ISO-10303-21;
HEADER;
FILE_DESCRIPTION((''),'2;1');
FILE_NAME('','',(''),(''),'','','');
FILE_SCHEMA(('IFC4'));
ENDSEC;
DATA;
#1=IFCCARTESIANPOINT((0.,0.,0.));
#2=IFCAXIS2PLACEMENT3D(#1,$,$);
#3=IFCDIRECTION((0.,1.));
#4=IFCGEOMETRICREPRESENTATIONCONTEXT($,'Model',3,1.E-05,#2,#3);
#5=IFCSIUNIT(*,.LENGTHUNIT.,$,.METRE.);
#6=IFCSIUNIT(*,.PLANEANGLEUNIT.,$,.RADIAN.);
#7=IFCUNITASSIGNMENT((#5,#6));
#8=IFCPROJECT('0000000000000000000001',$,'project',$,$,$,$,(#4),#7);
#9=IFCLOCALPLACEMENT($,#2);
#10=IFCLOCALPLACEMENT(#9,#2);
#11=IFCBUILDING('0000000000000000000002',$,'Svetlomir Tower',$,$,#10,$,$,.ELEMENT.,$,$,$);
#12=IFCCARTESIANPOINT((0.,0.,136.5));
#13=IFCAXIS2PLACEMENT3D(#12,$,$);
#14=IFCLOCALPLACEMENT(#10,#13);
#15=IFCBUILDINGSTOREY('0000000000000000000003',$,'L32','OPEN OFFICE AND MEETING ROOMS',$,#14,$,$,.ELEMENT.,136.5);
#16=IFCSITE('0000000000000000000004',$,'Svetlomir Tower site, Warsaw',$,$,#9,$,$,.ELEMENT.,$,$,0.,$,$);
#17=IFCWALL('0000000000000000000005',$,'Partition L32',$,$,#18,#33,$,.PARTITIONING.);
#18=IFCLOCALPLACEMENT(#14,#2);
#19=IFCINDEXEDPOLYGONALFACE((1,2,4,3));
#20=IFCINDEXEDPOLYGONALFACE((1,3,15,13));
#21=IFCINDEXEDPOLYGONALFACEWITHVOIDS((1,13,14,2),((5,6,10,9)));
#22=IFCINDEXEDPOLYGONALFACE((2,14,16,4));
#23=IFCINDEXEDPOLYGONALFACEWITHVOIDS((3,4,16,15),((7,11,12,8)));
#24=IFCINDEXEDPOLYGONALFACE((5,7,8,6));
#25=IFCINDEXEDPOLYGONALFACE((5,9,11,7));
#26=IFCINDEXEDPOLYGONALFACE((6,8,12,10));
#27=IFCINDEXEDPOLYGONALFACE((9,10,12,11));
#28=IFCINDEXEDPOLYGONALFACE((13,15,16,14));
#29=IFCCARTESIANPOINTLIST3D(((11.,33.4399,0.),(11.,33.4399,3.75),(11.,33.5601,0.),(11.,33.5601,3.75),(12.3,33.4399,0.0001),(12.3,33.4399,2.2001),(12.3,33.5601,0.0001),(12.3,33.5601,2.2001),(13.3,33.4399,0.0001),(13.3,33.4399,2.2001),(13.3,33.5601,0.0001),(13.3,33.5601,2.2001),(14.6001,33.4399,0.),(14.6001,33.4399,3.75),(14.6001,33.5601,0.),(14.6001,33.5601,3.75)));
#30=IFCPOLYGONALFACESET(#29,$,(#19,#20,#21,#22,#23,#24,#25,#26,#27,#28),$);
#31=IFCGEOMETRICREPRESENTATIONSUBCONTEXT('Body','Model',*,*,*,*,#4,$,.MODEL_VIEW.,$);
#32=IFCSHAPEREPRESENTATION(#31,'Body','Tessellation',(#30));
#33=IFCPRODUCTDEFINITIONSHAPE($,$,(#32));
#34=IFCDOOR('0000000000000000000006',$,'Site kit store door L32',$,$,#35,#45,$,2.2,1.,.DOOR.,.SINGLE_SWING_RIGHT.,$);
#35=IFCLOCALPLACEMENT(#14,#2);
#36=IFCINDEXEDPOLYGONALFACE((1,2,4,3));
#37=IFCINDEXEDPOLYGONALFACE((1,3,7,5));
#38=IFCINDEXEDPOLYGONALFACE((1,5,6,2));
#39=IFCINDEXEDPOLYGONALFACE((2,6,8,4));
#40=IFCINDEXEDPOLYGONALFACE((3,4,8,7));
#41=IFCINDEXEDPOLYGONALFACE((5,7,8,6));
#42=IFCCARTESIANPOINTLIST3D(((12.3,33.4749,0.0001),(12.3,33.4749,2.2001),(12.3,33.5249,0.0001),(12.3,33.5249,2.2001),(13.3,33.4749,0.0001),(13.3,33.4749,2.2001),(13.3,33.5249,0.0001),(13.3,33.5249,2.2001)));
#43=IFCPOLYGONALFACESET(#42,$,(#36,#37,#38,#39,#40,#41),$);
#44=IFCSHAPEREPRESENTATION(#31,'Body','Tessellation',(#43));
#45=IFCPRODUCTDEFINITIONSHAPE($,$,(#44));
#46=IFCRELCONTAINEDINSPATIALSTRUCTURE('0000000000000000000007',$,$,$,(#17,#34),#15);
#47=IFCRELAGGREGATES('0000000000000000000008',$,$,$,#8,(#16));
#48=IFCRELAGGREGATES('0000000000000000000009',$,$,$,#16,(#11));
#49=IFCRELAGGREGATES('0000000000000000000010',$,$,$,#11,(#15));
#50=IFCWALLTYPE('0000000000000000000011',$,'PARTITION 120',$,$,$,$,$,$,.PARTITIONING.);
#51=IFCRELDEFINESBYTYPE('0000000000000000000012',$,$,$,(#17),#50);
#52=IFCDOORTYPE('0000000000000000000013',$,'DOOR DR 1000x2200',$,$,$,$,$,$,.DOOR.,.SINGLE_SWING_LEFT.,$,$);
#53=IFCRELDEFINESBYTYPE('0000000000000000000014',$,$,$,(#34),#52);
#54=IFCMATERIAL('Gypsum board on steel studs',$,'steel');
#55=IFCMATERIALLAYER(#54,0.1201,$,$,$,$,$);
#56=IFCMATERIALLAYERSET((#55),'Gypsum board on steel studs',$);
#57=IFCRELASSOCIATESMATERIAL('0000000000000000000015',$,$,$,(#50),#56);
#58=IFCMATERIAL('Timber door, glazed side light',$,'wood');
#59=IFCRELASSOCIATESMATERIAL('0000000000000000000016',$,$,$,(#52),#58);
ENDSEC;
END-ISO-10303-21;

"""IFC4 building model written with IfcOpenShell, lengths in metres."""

from ifc_helpers import new_model, si_unit, direction, frame, frame_2d, origin, place, context, subcontext, project, spatial, rectangle, extrude, material, layer, layer_set, type_object, element, fill, save


model = new_model("IFC4")

# Units and contexts
model_context = context("Model", 3, precision=1e-05, world=origin(), true_north=direction((0.0, 1.0)))
body_context = subcontext(model_context, "Body", "Model", "MODEL_VIEW")
ifc_project = project(units=[si_unit("LENGTHUNIT", "METRE"), si_unit("PLANEANGLEUNIT", "RADIAN")], contexts=[model_context])

# Site, building, storey
site_placement = place(None, origin())
site = spatial("IfcSite", under=ifc_project, at=site_placement, Name="Svetlomir Tower site, Warsaw", CompositionType="ELEMENT", RefElevation=0.0)
building_placement = place(site_placement, origin())
building = spatial("IfcBuilding", under=site, at=building_placement, Name="Svetlomir Tower", CompositionType="ELEMENT")
storey_placement = place(building_placement, frame((0.0, 0.0, 136.5)))
storey = spatial("IfcBuildingStorey", under=building, at=storey_placement, Name="L32", Description="OPEN OFFICE AND MEETING ROOMS", CompositionType="ELEMENT", Elevation=136.5)

# Wall, opening, door
ifc_material_1 = material(Name="Gypsum board on steel studs", Category="steel")
ifc_layer_1 = layer(ifc_material_1, 0.1201)
ifc_layer_set_1 = layer_set([ifc_layer_1], Name="Gypsum board on steel studs")
wall_type = type_object("IfcWallType", Name="PARTITION 120", PredefinedType="PARTITIONING", material=ifc_layer_set_1)
wall_placement = place(storey_placement, frame((11.0, 33.5, 0.0), z_axis=(0.0, 0.0, 1.0), x_axis=(1.0, 0.0, 0.0)))
wall = element("IfcWall", 1, at=wall_placement, inside=storey, type_object=wall_type, Name="Partition L32", PredefinedType="PARTITIONING", context=body_context, shape_type="SweptSolid", body=[
    extrude(rectangle(XDim=3.6001, YDim=0.1201, at=frame_2d((1.8, 0.0))), origin(), (0.0, 0.0, 1.0), 3.75),
])
opening_placement = place(wall_placement, frame((1.3, 0.0, 0.0)))
opening = element("IfcOpeningElement", 2, at=opening_placement, cuts=wall, PredefinedType="OPENING", context=body_context, shape_type="SweptSolid", body=[
    extrude(rectangle(XDim=1.0, YDim=2.2, at=frame_2d((0.5, 1.1001))), frame((0.0, 0.0701, 0.0), z_axis=(0.0, -1.0, 0.0), x_axis=(1.0, 0.0, 0.0)), (0.0, 0.0, 1.0), 0.1401),
])
ifc_material_2 = material(Name="Timber door, glazed side light", Category="wood")
door_type = type_object("IfcDoorType", Name="DOOR DR 1000x2200", OperationType="SINGLE_SWING_LEFT", PredefinedType="DOOR", material=ifc_material_2)
door_placement = place(opening_placement, origin())
door = element("IfcDoor", 3, at=door_placement, inside=storey, type_object=door_type, Name="Site kit store door L32", OperationType="SINGLE_SWING_RIGHT", OverallHeight=2.2, OverallWidth=1.0, PredefinedType="DOOR", context=body_context, shape_type="SweptSolid", body=[
    extrude(rectangle(XDim=1.0, YDim=2.2, at=frame_2d((0.5, 1.1001))), frame((0.0, 0.0249, 0.0), z_axis=(0.0, -1.0, 0.0), x_axis=(1.0, 0.0, 0.0)), (0.0, 0.0, 1.0), 0.05),
])
fill(opening, door)

save(model, "model.ifc")
